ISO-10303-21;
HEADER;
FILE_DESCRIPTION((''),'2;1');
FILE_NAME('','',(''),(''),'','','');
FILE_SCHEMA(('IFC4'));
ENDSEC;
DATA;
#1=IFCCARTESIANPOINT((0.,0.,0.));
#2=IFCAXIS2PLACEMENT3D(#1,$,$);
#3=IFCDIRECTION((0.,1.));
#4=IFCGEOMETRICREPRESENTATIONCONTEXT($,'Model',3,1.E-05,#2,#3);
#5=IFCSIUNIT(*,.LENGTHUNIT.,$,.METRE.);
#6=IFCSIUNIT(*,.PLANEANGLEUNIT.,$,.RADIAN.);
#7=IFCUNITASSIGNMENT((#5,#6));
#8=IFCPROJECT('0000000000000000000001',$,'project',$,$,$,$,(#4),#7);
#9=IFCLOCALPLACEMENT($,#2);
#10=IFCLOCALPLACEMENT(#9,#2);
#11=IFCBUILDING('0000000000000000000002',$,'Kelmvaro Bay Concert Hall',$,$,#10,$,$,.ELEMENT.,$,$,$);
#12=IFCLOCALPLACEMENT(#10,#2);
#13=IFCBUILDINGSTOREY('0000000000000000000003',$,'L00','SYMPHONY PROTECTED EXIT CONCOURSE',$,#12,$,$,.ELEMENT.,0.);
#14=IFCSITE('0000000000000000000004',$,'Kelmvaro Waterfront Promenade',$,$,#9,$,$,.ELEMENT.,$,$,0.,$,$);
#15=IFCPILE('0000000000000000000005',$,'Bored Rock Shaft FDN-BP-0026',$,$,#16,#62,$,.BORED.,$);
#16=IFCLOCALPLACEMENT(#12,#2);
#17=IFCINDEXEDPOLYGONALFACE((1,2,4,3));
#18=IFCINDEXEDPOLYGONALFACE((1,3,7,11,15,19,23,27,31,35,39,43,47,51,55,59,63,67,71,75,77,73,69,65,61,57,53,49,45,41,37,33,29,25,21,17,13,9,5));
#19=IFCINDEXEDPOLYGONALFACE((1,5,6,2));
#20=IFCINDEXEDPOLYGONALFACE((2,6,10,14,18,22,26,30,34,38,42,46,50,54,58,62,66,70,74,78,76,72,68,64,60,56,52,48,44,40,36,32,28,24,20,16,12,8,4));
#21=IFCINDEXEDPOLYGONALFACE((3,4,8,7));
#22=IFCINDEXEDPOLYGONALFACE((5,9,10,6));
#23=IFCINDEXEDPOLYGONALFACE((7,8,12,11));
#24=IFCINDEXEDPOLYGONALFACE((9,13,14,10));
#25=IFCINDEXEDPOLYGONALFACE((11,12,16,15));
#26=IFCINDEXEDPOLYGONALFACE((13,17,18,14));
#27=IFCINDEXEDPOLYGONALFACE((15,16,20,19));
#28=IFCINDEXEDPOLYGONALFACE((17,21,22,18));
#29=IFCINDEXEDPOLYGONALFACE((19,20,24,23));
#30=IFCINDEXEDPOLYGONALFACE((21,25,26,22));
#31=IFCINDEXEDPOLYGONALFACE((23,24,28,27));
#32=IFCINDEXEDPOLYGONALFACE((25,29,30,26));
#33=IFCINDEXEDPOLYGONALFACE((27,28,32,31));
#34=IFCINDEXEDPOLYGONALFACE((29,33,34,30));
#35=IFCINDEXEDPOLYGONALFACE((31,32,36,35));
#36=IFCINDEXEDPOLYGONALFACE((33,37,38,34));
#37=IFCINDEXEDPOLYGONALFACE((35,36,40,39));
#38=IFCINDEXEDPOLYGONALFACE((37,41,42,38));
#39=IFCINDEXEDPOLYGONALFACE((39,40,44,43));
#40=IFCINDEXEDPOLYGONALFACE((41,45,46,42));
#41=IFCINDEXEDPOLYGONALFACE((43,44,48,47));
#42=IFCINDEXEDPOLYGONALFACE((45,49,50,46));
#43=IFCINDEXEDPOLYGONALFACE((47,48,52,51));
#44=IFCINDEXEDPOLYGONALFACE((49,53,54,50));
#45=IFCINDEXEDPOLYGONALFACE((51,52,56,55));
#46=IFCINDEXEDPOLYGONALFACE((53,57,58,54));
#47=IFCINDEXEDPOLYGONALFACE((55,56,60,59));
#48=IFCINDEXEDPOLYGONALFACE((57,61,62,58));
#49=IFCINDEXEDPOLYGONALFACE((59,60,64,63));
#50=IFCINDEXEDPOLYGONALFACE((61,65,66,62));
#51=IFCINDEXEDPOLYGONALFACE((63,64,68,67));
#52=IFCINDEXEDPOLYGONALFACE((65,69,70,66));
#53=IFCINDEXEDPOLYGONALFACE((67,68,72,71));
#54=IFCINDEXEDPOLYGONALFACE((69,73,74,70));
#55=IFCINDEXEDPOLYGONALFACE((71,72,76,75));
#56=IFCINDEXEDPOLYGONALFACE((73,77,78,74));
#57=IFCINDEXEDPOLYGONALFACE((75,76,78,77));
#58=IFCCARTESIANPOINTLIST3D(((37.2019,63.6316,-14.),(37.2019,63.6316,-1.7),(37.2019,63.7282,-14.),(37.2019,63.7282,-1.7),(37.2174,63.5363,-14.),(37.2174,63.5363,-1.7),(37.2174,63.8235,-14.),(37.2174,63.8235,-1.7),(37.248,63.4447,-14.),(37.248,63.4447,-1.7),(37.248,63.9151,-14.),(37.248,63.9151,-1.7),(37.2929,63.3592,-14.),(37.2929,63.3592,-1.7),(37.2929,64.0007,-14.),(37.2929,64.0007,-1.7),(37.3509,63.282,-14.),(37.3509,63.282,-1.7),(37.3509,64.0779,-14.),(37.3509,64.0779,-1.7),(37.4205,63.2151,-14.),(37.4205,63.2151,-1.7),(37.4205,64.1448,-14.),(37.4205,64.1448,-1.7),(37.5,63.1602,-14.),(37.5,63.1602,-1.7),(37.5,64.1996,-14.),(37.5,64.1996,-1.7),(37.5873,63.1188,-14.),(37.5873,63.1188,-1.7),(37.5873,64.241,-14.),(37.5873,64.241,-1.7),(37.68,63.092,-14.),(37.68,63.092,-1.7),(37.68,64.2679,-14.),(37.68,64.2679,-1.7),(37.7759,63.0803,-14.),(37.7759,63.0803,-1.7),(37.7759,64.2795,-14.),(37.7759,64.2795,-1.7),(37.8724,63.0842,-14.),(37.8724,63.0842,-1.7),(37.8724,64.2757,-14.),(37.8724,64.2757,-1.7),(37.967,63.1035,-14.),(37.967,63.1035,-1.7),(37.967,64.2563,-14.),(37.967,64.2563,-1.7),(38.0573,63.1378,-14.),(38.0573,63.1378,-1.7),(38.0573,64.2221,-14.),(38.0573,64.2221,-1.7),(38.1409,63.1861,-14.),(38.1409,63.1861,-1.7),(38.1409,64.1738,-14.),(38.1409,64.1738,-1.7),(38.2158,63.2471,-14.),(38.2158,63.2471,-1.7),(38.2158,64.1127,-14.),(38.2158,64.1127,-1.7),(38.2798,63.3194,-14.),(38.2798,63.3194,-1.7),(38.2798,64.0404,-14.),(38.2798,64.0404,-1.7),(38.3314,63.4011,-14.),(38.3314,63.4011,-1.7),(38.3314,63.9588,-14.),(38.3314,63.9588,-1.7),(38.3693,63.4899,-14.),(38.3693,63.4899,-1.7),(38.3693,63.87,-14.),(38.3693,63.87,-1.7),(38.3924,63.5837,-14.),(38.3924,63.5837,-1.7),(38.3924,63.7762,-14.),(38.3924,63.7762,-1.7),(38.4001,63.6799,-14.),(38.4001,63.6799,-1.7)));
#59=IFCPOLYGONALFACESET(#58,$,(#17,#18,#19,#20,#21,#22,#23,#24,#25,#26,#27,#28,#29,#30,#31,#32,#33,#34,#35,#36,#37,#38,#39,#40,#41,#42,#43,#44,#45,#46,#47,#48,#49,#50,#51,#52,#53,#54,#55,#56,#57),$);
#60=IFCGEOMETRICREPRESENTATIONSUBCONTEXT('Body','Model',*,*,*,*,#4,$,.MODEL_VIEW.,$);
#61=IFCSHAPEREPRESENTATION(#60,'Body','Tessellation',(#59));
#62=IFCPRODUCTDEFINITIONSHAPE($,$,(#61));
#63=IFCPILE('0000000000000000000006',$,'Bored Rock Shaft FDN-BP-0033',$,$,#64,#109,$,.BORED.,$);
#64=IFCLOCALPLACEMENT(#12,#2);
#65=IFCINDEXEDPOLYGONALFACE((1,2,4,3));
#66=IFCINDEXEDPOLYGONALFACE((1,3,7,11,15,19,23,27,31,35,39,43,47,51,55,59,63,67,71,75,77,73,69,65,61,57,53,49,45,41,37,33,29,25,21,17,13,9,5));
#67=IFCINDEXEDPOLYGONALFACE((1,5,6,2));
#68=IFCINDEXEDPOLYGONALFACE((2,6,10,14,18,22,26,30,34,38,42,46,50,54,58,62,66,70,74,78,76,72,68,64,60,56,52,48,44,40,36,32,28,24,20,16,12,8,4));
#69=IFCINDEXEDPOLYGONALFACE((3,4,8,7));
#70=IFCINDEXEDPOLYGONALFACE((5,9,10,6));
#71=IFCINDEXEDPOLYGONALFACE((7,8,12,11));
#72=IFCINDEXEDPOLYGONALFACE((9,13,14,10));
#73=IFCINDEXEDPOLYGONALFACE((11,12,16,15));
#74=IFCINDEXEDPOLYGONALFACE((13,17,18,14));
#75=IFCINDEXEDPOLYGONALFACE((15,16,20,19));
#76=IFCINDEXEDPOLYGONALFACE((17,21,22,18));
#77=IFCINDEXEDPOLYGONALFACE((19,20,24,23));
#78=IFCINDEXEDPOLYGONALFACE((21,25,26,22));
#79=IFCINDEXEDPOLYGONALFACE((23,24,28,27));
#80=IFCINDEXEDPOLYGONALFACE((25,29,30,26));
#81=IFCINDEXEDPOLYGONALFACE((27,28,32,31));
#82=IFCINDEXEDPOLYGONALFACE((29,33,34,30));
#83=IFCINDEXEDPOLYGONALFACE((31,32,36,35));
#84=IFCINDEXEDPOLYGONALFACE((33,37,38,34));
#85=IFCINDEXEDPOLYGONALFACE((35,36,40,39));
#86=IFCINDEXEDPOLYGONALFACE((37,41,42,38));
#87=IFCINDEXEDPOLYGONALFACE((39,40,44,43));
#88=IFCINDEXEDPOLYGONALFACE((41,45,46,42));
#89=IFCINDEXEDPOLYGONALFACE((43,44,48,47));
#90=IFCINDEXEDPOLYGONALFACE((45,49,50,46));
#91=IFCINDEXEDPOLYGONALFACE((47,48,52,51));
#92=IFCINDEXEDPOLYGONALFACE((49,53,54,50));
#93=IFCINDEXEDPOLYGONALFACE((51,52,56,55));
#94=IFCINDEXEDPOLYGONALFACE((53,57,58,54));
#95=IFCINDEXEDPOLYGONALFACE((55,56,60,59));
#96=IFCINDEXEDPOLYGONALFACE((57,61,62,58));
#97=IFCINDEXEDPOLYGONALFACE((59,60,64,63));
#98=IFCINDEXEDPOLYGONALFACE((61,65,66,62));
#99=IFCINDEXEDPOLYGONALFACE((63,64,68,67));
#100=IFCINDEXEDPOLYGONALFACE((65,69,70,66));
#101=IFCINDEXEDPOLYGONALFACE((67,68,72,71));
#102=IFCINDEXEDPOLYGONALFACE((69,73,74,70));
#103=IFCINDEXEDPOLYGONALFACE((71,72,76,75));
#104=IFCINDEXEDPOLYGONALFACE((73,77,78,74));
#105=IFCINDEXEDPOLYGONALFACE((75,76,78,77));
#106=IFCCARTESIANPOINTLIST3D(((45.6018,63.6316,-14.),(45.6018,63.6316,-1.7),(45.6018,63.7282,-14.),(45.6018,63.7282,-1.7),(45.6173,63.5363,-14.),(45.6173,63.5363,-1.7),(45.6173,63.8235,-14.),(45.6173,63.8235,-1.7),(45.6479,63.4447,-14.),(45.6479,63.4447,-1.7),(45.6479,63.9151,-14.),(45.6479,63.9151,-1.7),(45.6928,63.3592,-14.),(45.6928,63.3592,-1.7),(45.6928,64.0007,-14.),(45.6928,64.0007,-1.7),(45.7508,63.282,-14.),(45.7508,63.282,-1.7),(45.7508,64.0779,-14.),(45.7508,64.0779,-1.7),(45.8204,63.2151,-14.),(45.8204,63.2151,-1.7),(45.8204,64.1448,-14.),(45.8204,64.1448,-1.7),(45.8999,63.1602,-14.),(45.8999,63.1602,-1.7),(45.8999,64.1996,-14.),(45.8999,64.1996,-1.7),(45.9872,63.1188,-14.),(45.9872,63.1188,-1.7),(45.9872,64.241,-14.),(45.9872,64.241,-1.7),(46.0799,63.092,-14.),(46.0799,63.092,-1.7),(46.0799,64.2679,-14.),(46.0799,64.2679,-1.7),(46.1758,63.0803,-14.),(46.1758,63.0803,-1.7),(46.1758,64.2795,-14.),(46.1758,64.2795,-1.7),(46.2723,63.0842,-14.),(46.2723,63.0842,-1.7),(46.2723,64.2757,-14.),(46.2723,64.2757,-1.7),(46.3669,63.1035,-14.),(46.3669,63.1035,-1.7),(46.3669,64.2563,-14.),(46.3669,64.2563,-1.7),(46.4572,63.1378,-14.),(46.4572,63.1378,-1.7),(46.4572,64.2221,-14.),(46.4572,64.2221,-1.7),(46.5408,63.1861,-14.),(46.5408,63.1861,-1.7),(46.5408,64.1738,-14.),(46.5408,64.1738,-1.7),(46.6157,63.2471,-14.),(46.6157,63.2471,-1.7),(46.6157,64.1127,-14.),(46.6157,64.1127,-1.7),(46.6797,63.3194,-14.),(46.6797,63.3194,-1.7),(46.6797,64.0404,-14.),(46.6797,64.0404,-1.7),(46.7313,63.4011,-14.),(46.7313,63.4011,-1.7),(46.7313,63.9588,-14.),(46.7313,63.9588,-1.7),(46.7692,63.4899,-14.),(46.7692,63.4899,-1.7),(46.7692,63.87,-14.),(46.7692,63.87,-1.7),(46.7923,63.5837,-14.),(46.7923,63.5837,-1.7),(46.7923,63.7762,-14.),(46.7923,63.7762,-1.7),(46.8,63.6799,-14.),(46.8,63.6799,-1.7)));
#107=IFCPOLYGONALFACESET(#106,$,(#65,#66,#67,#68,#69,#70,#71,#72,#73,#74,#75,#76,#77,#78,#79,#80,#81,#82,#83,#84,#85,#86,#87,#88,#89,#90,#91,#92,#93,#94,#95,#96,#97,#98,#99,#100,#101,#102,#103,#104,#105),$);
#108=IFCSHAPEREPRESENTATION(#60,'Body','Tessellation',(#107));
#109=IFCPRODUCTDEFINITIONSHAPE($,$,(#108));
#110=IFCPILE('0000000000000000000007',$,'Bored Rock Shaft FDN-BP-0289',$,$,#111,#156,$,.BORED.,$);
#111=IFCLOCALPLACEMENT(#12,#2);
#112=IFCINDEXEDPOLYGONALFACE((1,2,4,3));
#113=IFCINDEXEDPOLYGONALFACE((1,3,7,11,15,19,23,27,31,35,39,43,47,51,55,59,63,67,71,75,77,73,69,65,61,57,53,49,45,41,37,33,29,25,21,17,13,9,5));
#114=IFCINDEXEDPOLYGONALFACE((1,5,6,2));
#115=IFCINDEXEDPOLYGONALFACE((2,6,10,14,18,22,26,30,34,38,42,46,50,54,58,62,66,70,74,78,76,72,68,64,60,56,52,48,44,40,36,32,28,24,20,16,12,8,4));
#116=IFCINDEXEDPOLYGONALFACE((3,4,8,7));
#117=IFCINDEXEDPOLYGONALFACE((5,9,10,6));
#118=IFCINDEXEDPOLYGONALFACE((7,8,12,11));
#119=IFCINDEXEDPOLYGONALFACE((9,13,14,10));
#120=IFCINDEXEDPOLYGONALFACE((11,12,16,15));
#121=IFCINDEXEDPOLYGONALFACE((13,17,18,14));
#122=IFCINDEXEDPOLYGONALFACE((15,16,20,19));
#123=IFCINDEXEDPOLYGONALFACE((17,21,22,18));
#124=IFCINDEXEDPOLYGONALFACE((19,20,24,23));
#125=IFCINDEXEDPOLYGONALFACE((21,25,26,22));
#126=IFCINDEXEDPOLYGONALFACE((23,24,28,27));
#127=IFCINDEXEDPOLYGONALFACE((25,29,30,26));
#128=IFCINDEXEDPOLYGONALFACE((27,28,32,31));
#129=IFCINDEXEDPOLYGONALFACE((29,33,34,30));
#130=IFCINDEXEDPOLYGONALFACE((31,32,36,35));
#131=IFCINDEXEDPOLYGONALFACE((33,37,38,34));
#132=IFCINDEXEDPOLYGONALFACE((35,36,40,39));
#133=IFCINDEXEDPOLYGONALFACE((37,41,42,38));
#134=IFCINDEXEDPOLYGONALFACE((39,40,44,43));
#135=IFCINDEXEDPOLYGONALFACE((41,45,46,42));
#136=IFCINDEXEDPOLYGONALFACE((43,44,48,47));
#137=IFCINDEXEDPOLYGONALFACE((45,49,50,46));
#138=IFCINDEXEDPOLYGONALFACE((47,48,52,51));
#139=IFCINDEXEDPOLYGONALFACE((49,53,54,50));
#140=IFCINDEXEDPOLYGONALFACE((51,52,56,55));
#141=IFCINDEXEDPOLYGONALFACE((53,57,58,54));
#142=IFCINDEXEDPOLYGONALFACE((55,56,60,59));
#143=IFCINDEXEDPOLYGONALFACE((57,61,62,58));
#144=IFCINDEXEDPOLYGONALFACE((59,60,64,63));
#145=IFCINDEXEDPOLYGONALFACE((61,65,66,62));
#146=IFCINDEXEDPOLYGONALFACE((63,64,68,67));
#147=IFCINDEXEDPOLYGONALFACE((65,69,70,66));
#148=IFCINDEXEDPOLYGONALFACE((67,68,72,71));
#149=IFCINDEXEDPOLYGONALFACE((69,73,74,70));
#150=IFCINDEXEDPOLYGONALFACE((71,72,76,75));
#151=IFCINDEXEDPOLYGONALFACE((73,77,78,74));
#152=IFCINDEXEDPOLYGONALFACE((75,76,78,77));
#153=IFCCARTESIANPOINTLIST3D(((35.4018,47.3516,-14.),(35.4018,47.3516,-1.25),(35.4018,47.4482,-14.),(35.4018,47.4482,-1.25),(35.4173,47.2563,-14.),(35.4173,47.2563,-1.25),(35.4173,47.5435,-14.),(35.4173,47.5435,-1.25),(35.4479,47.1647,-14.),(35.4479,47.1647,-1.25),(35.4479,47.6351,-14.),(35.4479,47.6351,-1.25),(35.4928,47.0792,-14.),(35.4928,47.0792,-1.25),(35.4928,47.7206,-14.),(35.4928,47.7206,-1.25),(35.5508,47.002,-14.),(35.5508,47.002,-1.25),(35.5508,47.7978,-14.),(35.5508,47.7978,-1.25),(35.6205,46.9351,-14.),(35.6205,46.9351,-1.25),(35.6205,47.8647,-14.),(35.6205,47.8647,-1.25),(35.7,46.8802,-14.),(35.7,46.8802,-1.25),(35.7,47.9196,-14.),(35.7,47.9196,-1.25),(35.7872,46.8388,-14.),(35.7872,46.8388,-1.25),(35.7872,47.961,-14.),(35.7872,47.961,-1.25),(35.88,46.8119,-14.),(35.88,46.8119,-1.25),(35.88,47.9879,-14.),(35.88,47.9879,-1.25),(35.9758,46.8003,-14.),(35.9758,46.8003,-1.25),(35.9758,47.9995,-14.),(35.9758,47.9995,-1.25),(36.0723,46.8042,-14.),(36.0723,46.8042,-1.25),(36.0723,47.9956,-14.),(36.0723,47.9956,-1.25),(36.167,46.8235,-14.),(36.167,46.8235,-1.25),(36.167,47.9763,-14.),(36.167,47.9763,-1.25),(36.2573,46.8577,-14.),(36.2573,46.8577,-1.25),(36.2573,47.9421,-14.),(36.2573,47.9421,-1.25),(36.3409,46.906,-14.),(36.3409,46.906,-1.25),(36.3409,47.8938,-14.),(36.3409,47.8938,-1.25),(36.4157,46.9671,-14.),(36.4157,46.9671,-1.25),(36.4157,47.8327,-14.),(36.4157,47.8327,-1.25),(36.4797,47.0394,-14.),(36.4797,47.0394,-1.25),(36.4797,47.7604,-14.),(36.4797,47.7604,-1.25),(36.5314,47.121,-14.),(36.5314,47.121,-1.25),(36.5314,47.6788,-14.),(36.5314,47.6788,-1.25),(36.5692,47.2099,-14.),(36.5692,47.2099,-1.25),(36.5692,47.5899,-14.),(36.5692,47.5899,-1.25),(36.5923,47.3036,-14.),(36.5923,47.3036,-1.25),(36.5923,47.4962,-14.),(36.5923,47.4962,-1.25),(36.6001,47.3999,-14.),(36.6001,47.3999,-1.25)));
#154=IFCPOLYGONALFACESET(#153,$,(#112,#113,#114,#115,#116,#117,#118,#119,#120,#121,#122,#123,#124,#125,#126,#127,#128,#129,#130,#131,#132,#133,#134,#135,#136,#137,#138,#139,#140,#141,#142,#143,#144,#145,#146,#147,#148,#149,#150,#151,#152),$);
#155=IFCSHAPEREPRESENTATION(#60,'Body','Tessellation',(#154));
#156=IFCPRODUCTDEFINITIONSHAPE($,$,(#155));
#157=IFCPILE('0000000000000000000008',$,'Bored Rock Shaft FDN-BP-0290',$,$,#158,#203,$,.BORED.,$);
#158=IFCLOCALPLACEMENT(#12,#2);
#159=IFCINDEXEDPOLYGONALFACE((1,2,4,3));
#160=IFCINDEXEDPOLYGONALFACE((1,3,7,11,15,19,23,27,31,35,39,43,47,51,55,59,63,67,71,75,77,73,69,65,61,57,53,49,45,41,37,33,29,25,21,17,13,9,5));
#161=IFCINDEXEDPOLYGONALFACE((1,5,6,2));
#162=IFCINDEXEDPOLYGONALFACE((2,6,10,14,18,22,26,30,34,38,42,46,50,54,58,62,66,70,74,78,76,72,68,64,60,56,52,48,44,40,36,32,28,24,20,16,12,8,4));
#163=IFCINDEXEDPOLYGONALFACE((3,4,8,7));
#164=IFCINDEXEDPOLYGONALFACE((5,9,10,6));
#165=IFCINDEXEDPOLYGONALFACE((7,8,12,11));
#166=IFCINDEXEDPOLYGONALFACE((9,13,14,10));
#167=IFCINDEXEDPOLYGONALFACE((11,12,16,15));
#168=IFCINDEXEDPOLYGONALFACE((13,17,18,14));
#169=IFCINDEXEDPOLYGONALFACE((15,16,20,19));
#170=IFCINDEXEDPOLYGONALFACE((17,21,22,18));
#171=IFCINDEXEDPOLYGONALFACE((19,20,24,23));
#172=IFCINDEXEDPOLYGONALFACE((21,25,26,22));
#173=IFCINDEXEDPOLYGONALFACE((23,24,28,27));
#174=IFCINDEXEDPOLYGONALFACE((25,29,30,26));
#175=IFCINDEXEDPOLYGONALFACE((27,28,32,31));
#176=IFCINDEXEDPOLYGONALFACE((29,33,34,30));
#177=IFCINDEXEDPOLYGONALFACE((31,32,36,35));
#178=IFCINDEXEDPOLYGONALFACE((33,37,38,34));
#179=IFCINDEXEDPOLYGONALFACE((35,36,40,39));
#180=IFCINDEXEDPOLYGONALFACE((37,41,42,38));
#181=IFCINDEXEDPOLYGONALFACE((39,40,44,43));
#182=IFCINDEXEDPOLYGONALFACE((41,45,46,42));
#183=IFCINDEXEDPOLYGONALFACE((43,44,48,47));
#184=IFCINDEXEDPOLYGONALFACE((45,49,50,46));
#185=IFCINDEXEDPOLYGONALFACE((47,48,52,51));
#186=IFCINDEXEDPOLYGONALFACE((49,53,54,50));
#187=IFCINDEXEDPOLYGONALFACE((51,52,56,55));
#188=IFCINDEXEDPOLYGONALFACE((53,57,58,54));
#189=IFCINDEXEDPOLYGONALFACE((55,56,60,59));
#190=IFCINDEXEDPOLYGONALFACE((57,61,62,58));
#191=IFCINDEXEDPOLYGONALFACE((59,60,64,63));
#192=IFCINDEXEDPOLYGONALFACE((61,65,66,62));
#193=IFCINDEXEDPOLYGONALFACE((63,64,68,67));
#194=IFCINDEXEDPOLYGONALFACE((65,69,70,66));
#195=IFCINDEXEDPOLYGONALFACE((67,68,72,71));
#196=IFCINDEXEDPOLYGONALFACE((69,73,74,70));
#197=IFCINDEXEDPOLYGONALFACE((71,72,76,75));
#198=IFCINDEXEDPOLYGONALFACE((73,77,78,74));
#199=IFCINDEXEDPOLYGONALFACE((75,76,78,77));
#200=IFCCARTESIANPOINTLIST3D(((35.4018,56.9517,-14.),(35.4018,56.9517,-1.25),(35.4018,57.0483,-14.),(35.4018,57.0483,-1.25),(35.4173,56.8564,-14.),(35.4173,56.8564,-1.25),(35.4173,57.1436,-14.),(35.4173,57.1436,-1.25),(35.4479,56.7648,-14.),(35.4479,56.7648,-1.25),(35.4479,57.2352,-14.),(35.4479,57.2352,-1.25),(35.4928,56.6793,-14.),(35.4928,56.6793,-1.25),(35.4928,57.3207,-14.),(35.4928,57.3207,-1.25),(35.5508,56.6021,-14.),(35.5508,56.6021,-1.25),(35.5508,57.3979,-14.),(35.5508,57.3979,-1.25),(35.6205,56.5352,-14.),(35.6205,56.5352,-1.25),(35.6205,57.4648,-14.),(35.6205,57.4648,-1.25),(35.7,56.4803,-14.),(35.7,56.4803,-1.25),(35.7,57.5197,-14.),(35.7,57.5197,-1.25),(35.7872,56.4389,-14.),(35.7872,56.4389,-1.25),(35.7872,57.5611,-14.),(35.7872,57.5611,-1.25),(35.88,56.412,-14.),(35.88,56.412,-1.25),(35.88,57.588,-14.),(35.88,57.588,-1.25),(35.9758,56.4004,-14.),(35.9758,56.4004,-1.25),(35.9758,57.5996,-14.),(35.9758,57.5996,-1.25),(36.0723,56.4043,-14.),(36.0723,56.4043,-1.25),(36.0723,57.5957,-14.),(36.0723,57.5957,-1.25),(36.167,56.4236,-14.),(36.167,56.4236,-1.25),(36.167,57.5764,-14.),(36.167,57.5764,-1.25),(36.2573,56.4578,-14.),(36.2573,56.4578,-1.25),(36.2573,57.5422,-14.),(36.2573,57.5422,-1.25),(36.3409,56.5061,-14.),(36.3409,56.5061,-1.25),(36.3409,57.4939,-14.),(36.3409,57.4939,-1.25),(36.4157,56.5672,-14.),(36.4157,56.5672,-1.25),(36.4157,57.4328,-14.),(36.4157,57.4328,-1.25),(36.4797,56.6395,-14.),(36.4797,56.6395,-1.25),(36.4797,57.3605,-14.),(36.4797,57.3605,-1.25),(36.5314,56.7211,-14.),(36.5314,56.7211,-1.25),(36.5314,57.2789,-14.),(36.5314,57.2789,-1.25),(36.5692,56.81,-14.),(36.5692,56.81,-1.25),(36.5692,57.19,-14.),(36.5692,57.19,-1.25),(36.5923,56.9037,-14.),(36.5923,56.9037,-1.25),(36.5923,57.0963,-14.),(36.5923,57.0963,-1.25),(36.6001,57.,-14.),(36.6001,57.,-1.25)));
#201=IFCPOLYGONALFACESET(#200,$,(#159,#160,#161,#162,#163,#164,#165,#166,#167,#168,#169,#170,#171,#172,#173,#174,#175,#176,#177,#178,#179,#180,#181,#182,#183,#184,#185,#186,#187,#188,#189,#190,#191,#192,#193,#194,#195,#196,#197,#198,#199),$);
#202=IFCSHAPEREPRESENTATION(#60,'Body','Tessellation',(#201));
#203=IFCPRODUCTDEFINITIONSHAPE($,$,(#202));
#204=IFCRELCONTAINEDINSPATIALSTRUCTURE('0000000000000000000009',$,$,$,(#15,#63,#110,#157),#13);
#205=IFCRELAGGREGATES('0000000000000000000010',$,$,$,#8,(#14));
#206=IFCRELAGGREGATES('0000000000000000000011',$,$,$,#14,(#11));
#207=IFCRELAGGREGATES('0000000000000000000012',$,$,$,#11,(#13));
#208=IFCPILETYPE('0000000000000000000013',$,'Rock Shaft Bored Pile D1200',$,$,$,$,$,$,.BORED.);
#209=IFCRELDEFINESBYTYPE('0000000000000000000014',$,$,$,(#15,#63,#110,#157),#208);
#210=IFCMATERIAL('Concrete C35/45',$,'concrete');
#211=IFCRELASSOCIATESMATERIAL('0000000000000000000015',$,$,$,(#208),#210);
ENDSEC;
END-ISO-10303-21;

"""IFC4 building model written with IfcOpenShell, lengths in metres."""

from ifc_helpers import new_model, si_unit, direction, frame, origin, origin_2d, place, context, subcontext, project, spatial, circle, extrude, material, material_profile, profile_set, type_object, element, save


model = new_model("IFC4")

# Units and contexts
model_context = context("Model", 3, precision=1e-05, world=origin(), true_north=direction((0.0, 1.0)))
body_context = subcontext(model_context, "Body", "Model", "MODEL_VIEW")
ifc_project = project(units=[si_unit("LENGTHUNIT", "METRE"), si_unit("PLANEANGLEUNIT", "RADIAN")], contexts=[model_context])

# Site, building, storey
site_placement = place(None, origin())
site = spatial("IfcSite", under=ifc_project, at=site_placement, Name="Kelmvaro Waterfront Promenade", CompositionType="ELEMENT", RefElevation=0.0)
building_placement = place(site_placement, origin())
building = spatial("IfcBuilding", under=site, at=building_placement, Name="Kelmvaro Bay Concert Hall", CompositionType="ELEMENT")
storey_placement = place(building_placement, origin())
storey = spatial("IfcBuildingStorey", under=building, at=storey_placement, Name="L00", Description="SYMPHONY PROTECTED EXIT CONCOURSE", CompositionType="ELEMENT", Elevation=0.0)

# Piles
ifc_material_1 = material(Name="Concrete C35/45", Category="concrete")
ifc_material_profile_1 = material_profile(ifc_material_1, circle(Radius=0.6001, at=origin_2d()), Name="PILE-BORED-1200")
ifc_profile_set_1 = profile_set([ifc_material_profile_1], Name="Concrete C35/45")
pile_type_1 = type_object("IfcPileType", Name="Rock Shaft Bored Pile D1200", PredefinedType="BORED", material=ifc_profile_set_1)
for number, where, z_axis, x_axis, name in (
    (1, (37.8, 63.6799, -1.7), (0.0, 0.0, -1.0), (1.0, 0.0, 0.0), "Bored Rock Shaft FDN-BP-0026"),
    (2, (46.2, 63.6799, -1.7), (0.0, 0.0, -1.0), (1.0, 0.0, 0.0), "Bored Rock Shaft FDN-BP-0033"),
):
    element("IfcPile", number, at=place(storey_placement, frame(where, z_axis=z_axis, x_axis=x_axis)), inside=storey, type_object=pile_type_1, Name=name, PredefinedType="BORED", context=body_context, shape_type="SweptSolid", body=[
        extrude(circle(Radius=0.6001, at=origin_2d()), origin(), (0.0, 0.0, 1.0), 12.3),
    ])
for number, where, z_axis, x_axis, name in (
    (3, (36.0, 47.3999, -1.25), (0.0, 0.0, -1.0), (1.0, 0.0, 0.0), "Bored Rock Shaft FDN-BP-0289"),
    (4, (36.0, 57.0, -1.25), (0.0, 0.0, -1.0), (1.0, 0.0, 0.0), "Bored Rock Shaft FDN-BP-0290"),
):
    element("IfcPile", number, at=place(storey_placement, frame(where, z_axis=z_axis, x_axis=x_axis)), inside=storey, type_object=pile_type_1, Name=name, PredefinedType="BORED", context=body_context, shape_type="SweptSolid", body=[
        extrude(circle(Radius=0.6001, at=origin_2d()), origin(), (0.0, 0.0, 1.0), 12.75),
    ])

save(model, "model.ifc")
